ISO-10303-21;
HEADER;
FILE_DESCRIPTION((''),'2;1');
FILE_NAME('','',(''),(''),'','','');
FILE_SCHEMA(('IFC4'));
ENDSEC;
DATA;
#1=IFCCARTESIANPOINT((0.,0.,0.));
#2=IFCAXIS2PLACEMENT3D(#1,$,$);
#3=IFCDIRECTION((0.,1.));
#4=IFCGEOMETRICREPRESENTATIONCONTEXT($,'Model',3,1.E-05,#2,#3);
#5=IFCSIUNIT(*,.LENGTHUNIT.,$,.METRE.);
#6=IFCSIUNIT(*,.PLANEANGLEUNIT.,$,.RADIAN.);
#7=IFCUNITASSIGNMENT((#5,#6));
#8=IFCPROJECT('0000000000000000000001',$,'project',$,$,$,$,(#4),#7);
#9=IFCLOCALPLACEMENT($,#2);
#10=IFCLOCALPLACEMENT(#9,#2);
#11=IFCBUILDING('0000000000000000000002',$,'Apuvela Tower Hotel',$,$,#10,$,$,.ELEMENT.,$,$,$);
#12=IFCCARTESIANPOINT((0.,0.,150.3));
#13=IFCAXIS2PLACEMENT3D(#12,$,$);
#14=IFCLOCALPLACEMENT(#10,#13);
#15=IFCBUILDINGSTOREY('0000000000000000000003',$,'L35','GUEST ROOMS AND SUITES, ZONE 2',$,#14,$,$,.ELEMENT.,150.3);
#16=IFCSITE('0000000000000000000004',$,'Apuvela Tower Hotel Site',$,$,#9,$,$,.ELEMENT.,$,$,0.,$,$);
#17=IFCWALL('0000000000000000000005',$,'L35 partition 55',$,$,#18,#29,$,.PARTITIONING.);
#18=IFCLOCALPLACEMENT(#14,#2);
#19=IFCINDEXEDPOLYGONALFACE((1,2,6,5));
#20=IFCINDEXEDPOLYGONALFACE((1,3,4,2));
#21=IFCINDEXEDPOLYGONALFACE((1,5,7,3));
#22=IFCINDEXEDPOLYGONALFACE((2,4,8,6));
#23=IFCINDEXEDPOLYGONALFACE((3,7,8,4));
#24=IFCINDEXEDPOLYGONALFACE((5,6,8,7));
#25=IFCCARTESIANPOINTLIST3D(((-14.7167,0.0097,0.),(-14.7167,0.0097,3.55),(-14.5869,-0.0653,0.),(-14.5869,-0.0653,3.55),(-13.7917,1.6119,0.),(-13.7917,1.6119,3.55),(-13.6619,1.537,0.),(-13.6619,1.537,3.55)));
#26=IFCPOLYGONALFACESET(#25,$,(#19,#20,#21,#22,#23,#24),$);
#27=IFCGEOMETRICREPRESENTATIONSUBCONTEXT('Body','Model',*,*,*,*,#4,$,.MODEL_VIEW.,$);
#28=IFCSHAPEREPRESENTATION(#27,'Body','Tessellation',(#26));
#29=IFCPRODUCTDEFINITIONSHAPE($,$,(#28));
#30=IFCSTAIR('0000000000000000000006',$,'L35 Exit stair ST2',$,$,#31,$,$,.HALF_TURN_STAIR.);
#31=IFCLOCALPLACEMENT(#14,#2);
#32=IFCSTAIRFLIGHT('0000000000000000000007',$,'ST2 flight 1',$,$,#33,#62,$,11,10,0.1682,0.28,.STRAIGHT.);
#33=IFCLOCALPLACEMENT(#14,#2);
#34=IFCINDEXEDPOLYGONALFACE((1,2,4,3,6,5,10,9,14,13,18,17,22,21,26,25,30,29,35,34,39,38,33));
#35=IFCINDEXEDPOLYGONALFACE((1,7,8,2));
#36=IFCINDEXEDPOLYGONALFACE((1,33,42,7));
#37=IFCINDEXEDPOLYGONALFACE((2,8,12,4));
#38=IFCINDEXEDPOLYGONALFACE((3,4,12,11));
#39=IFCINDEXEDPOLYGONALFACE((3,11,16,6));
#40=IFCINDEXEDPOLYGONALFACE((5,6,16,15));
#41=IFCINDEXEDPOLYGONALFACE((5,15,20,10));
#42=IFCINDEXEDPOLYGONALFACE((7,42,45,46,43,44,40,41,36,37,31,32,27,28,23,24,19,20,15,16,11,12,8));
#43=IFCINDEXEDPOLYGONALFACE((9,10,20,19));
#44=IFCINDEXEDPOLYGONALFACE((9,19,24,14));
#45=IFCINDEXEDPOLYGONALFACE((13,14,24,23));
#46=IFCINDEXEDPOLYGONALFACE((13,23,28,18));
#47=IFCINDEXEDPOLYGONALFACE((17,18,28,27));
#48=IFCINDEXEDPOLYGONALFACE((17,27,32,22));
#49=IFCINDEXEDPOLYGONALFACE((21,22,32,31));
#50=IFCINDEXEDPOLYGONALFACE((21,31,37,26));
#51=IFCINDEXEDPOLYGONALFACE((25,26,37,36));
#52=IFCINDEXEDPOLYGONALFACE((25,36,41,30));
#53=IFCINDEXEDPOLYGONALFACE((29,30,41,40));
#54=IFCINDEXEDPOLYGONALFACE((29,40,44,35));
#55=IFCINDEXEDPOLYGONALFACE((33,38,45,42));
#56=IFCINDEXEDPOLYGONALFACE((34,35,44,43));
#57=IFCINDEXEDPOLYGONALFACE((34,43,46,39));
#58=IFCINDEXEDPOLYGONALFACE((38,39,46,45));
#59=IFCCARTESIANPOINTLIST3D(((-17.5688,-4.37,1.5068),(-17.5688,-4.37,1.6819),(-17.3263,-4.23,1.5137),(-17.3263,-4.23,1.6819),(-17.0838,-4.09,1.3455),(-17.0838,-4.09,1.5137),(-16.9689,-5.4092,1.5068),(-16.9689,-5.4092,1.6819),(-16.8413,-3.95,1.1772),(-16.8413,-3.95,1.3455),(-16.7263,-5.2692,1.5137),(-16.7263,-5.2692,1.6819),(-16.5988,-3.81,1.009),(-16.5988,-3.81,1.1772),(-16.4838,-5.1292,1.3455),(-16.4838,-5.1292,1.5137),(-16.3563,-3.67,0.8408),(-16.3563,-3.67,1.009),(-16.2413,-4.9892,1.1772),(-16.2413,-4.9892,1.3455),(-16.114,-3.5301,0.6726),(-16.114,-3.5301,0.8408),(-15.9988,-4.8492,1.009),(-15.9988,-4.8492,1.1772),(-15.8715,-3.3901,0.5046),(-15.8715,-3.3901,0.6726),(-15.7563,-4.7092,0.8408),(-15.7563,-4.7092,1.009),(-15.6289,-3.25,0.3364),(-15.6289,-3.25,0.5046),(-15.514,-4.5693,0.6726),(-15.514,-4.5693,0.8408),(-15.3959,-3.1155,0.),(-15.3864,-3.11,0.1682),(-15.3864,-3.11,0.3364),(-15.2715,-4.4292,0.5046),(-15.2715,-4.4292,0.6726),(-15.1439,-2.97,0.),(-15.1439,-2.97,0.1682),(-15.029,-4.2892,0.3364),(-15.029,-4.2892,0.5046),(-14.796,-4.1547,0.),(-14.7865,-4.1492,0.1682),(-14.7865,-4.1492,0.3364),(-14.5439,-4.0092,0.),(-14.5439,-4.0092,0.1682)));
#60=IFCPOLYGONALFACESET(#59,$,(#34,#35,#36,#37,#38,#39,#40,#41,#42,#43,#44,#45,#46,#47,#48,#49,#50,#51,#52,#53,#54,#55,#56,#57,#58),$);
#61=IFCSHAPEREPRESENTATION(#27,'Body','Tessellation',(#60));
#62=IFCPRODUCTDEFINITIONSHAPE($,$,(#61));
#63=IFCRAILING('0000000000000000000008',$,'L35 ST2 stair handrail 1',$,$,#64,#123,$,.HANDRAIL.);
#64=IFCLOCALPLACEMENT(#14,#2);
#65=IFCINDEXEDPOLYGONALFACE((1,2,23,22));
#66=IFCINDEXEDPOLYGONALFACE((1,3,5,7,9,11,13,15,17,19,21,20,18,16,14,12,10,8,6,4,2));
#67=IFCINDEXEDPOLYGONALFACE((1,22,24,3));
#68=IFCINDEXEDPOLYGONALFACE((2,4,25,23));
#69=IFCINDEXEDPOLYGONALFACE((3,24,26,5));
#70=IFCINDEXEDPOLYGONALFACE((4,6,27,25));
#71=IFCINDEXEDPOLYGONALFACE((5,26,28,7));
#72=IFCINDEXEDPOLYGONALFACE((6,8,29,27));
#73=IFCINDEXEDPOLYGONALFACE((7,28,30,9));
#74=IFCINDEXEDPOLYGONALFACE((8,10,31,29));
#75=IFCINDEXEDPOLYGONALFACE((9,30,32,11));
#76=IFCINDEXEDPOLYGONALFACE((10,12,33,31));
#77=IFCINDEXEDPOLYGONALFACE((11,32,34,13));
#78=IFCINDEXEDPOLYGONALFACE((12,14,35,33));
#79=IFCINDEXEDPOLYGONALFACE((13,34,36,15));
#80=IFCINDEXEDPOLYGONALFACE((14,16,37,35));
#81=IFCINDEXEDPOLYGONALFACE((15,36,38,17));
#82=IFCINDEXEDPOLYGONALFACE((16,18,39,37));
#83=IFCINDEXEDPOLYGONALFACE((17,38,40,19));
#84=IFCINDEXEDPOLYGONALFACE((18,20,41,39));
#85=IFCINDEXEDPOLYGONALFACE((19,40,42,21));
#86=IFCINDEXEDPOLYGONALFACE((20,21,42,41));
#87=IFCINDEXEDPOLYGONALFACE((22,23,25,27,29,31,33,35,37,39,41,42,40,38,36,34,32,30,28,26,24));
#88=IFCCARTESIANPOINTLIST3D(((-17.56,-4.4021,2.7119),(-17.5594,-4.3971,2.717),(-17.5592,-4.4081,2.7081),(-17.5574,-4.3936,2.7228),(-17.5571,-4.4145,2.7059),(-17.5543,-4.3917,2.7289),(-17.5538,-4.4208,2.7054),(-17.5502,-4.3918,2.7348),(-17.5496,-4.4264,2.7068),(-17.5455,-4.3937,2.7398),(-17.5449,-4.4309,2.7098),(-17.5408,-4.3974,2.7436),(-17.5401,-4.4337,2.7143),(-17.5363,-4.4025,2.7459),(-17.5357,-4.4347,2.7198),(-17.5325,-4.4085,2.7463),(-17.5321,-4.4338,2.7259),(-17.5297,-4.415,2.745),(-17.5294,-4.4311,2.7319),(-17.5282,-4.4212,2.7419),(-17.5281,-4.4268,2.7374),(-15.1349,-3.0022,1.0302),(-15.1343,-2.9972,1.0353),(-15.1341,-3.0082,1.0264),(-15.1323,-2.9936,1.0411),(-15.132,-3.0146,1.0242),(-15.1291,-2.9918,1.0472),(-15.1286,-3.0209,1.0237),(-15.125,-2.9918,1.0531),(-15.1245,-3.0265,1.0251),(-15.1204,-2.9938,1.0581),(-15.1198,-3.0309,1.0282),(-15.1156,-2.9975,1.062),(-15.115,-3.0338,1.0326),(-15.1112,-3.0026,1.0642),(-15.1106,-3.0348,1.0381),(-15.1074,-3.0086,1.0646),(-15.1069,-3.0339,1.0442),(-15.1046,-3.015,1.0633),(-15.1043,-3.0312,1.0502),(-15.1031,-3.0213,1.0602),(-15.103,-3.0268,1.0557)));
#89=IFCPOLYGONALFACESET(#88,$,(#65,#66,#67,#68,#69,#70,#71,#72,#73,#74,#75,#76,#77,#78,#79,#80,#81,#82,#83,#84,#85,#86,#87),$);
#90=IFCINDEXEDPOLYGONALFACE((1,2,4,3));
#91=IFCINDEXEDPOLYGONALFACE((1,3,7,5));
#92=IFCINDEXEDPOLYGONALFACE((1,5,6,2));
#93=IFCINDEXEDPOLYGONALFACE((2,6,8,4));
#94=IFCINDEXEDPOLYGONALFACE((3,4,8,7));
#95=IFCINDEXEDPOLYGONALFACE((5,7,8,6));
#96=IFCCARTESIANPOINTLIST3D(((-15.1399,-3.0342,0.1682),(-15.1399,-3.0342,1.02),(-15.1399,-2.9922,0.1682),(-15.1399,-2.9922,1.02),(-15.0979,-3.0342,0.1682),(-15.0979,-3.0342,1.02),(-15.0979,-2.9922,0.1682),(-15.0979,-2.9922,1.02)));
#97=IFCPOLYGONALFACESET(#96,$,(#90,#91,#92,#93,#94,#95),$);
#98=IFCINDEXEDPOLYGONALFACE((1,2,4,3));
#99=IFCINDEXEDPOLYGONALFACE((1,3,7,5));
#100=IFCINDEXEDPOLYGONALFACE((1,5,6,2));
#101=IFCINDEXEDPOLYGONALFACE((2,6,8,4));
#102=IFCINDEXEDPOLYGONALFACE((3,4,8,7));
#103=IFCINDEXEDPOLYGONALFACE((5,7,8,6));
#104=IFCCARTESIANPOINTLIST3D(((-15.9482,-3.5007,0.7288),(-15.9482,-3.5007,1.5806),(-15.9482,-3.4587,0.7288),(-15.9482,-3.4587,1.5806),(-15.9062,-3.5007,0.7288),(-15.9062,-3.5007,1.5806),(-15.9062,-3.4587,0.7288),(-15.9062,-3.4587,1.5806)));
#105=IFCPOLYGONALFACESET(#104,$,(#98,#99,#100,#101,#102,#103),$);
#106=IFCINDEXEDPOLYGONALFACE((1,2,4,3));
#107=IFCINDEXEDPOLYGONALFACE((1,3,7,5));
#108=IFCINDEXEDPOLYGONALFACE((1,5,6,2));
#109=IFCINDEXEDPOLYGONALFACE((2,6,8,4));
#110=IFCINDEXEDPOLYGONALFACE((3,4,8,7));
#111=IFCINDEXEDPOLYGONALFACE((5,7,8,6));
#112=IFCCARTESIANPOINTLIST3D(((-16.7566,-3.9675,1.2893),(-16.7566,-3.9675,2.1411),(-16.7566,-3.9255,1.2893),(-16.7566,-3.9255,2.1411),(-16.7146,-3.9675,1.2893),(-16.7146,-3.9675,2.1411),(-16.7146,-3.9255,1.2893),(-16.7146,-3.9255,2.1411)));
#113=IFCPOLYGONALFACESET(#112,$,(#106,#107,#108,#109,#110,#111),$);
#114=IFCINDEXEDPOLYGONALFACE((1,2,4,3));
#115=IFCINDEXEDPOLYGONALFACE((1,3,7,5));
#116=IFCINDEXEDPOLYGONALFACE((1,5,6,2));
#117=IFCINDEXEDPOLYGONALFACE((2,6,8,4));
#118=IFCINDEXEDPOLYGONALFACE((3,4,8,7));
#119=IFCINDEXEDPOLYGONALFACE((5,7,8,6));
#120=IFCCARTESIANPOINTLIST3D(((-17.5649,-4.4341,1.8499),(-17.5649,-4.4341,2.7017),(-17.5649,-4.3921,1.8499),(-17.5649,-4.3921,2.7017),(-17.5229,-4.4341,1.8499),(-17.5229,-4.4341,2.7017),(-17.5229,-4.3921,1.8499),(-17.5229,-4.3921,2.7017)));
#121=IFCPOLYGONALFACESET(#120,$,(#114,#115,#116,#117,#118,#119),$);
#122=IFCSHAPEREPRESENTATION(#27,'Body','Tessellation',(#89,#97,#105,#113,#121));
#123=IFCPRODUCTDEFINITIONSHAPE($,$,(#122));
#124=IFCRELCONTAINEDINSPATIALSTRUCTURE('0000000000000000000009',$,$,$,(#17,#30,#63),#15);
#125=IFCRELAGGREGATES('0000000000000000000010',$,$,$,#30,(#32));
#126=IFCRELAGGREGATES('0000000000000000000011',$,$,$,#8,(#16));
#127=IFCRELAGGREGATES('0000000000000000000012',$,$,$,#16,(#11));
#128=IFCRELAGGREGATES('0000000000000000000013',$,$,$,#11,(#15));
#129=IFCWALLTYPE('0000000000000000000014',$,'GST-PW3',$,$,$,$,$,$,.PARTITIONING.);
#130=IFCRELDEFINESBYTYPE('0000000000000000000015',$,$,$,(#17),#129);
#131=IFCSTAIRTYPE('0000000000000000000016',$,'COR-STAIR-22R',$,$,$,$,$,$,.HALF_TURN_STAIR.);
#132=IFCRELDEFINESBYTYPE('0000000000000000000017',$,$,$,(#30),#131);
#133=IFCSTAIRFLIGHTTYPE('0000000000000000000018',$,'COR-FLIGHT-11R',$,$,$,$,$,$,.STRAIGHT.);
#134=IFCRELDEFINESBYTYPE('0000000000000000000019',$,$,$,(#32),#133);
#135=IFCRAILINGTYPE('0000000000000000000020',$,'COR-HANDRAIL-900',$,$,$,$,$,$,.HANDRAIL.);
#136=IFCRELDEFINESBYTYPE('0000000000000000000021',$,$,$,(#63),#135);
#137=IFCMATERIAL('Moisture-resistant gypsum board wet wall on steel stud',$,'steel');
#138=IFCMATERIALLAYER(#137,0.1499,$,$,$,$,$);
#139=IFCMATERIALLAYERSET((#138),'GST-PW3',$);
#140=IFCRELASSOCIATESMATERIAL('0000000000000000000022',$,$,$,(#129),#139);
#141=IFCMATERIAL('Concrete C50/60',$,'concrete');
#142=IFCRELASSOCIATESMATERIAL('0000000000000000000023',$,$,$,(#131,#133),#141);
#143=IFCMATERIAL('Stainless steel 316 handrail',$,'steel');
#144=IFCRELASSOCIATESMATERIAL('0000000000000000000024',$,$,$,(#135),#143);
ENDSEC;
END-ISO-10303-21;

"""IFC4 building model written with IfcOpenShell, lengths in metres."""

from ifc_helpers import new_model, si_unit, direction, frame, frame_2d, origin, origin_2d, place, context, subcontext, project, spatial, polyline, rectangle, circle, outline, extrude, material, layer, layer_set, type_object, element, aggregate, save


model = new_model("IFC4")

# Units and contexts
model_context = context("Model", 3, precision=1e-05, world=origin(), true_north=direction((0.0, 1.0)))
body_context = subcontext(model_context, "Body", "Model", "MODEL_VIEW")
ifc_project = project(units=[si_unit("LENGTHUNIT", "METRE"), si_unit("PLANEANGLEUNIT", "RADIAN")], contexts=[model_context])

# Site, building, storey
site_placement = place(None, origin())
site = spatial("IfcSite", under=ifc_project, at=site_placement, Name="Apuvela Tower Hotel Site", CompositionType="ELEMENT", RefElevation=0.0)
building_placement = place(site_placement, origin())
building = spatial("IfcBuilding", under=site, at=building_placement, Name="Apuvela Tower Hotel", CompositionType="ELEMENT")
storey_placement = place(building_placement, frame((0.0, 0.0, 150.3)))
storey = spatial("IfcBuildingStorey", under=building, at=storey_placement, Name="L35", Description="GUEST ROOMS AND SUITES, ZONE 2", CompositionType="ELEMENT", Elevation=150.3)

# Shared definitions
ifc_material_1 = material(Name="Concrete C50/60", Category="concrete")

# Shared definitions
ifc_material_2 = material(Name="Moisture-resistant gypsum board wet wall on steel stud", Category="steel")
ifc_layer_1 = layer(ifc_material_2, 0.1499)
ifc_layer_set_1 = layer_set([ifc_layer_1], Name="GST-PW3")
wall_type_1 = type_object("IfcWallType", Name="GST-PW3", PredefinedType="PARTITIONING", material=ifc_layer_set_1)

# Wall
wall_1_placement = place(storey_placement, frame((-13.7268, 1.5745, 0.0), z_axis=(0.0, 0.0, 1.0), x_axis=(-0.499985, -0.866034, 0.0)))
element("IfcWall", 1, at=wall_1_placement, inside=storey, type_object=wall_type_1, Name="L35 partition 55", PredefinedType="PARTITIONING", context=body_context, shape_type="SweptSolid", body=[
    extrude(rectangle(XDim=1.8501, YDim=0.1499, at=frame_2d((0.925, 0.0))), origin(), (0.0, 0.0, 1.0), 3.55),
])

# Stair, stair flight
stair_type = type_object("IfcStairType", Name="COR-STAIR-22R", PredefinedType="HALF_TURN_STAIR", material=ifc_material_1)
stair_placement = place(storey_placement, origin())
stair = element("IfcStair", 2, at=stair_placement, inside=storey, type_object=stair_type, Name="L35 Exit stair ST2", PredefinedType="HALF_TURN_STAIR")
stair_flight_type = type_object("IfcStairFlightType", Name="COR-FLIGHT-11R", PredefinedType="STRAIGHT", material=ifc_material_1)
stair_flight_placement = place(storey_placement, frame((-14.844, -3.4895, 0.0), z_axis=(0.0, 0.0, 1.0), x_axis=(-0.866025, -0.5, 0.0)))
stair_flight = element("IfcStairFlight", 3, at=stair_flight_placement, type_object=stair_flight_type, Name="ST2 flight 1", NumberOfRisers=11, NumberOfTreads=10, PredefinedType="STRAIGHT", RiserHeight=0.1682, TreadLength=0.28, context=body_context, shape_type="SweptSolid", body=[
    extrude(outline(polyline([(0.0, 0.0), (0.0, 0.1682), (0.28, 0.1682), (0.28, 0.3364), (0.5601, 0.3364), (0.5601, 0.5046), (0.8401, 0.5046), (0.8401, 0.6726), (1.1201, 0.6726), (1.1201, 0.8408), (1.3999, 0.8408), (1.3999, 1.009), (1.6799, 1.009), (1.6799, 1.1772), (1.96, 1.1772), (1.96, 1.3455), (2.24, 1.3455), (2.24, 1.5137), (2.52, 1.5137), (2.52, 1.6819), (2.8, 1.6819), (2.8, 1.8501), (2.8, 1.5068), (0.291, 0.0), (0.0, 0.0)])), frame((0.0, 0.6001, 0.0), z_axis=(0.0, -1.0, 0.0), x_axis=(1.0, 0.0, 0.0)), (0.0, 0.0, 1.0), 1.2),
])
aggregate(stair, [stair_flight])

# Railing
ifc_material_3 = material(Name="Stainless steel 316 handrail", Category="steel")
railing_type_1 = type_object("IfcRailingType", Name="COR-HANDRAIL-900", PredefinedType="HANDRAIL", material=ifc_material_3)
railing_1_placement = place(storey_placement, frame((-15.1189, -3.0132, 0.1682)))
element("IfcRailing", 4, at=railing_1_placement, inside=storey, type_object=railing_type_1, Name="L35 ST2 stair handrail 1", PredefinedType="HANDRAIL", context=body_context, shape_type="SweptSolid", body=[
    extrude(circle(Radius=0.0239, at=origin_2d()), frame((0.0, 0.0, 0.876), z_axis=(-0.742453, -0.428594, 0.514851), x_axis=(0.499946, -0.866056, 0.0)), (0.0, 0.0, 1.0), 3.2664),
    extrude(rectangle(XDim=0.042, YDim=0.042, at=origin_2d()), origin(), (0.0, 0.0, 1.0), 0.8518),
    extrude(rectangle(XDim=0.042, YDim=0.042, at=origin_2d()), frame((-0.8083, -0.4666, 0.5605)), (0.0, 0.0, 1.0), 0.8518),
    extrude(rectangle(XDim=0.042, YDim=0.042, at=origin_2d()), frame((-1.6167, -0.9333, 1.1211)), (0.0, 0.0, 1.0), 0.8518),
    extrude(rectangle(XDim=0.042, YDim=0.042, at=origin_2d()), frame((-2.425, -1.3999, 1.6816)), (0.0, 0.0, 1.0), 0.8518),
])

save(model, "model.ifc")
